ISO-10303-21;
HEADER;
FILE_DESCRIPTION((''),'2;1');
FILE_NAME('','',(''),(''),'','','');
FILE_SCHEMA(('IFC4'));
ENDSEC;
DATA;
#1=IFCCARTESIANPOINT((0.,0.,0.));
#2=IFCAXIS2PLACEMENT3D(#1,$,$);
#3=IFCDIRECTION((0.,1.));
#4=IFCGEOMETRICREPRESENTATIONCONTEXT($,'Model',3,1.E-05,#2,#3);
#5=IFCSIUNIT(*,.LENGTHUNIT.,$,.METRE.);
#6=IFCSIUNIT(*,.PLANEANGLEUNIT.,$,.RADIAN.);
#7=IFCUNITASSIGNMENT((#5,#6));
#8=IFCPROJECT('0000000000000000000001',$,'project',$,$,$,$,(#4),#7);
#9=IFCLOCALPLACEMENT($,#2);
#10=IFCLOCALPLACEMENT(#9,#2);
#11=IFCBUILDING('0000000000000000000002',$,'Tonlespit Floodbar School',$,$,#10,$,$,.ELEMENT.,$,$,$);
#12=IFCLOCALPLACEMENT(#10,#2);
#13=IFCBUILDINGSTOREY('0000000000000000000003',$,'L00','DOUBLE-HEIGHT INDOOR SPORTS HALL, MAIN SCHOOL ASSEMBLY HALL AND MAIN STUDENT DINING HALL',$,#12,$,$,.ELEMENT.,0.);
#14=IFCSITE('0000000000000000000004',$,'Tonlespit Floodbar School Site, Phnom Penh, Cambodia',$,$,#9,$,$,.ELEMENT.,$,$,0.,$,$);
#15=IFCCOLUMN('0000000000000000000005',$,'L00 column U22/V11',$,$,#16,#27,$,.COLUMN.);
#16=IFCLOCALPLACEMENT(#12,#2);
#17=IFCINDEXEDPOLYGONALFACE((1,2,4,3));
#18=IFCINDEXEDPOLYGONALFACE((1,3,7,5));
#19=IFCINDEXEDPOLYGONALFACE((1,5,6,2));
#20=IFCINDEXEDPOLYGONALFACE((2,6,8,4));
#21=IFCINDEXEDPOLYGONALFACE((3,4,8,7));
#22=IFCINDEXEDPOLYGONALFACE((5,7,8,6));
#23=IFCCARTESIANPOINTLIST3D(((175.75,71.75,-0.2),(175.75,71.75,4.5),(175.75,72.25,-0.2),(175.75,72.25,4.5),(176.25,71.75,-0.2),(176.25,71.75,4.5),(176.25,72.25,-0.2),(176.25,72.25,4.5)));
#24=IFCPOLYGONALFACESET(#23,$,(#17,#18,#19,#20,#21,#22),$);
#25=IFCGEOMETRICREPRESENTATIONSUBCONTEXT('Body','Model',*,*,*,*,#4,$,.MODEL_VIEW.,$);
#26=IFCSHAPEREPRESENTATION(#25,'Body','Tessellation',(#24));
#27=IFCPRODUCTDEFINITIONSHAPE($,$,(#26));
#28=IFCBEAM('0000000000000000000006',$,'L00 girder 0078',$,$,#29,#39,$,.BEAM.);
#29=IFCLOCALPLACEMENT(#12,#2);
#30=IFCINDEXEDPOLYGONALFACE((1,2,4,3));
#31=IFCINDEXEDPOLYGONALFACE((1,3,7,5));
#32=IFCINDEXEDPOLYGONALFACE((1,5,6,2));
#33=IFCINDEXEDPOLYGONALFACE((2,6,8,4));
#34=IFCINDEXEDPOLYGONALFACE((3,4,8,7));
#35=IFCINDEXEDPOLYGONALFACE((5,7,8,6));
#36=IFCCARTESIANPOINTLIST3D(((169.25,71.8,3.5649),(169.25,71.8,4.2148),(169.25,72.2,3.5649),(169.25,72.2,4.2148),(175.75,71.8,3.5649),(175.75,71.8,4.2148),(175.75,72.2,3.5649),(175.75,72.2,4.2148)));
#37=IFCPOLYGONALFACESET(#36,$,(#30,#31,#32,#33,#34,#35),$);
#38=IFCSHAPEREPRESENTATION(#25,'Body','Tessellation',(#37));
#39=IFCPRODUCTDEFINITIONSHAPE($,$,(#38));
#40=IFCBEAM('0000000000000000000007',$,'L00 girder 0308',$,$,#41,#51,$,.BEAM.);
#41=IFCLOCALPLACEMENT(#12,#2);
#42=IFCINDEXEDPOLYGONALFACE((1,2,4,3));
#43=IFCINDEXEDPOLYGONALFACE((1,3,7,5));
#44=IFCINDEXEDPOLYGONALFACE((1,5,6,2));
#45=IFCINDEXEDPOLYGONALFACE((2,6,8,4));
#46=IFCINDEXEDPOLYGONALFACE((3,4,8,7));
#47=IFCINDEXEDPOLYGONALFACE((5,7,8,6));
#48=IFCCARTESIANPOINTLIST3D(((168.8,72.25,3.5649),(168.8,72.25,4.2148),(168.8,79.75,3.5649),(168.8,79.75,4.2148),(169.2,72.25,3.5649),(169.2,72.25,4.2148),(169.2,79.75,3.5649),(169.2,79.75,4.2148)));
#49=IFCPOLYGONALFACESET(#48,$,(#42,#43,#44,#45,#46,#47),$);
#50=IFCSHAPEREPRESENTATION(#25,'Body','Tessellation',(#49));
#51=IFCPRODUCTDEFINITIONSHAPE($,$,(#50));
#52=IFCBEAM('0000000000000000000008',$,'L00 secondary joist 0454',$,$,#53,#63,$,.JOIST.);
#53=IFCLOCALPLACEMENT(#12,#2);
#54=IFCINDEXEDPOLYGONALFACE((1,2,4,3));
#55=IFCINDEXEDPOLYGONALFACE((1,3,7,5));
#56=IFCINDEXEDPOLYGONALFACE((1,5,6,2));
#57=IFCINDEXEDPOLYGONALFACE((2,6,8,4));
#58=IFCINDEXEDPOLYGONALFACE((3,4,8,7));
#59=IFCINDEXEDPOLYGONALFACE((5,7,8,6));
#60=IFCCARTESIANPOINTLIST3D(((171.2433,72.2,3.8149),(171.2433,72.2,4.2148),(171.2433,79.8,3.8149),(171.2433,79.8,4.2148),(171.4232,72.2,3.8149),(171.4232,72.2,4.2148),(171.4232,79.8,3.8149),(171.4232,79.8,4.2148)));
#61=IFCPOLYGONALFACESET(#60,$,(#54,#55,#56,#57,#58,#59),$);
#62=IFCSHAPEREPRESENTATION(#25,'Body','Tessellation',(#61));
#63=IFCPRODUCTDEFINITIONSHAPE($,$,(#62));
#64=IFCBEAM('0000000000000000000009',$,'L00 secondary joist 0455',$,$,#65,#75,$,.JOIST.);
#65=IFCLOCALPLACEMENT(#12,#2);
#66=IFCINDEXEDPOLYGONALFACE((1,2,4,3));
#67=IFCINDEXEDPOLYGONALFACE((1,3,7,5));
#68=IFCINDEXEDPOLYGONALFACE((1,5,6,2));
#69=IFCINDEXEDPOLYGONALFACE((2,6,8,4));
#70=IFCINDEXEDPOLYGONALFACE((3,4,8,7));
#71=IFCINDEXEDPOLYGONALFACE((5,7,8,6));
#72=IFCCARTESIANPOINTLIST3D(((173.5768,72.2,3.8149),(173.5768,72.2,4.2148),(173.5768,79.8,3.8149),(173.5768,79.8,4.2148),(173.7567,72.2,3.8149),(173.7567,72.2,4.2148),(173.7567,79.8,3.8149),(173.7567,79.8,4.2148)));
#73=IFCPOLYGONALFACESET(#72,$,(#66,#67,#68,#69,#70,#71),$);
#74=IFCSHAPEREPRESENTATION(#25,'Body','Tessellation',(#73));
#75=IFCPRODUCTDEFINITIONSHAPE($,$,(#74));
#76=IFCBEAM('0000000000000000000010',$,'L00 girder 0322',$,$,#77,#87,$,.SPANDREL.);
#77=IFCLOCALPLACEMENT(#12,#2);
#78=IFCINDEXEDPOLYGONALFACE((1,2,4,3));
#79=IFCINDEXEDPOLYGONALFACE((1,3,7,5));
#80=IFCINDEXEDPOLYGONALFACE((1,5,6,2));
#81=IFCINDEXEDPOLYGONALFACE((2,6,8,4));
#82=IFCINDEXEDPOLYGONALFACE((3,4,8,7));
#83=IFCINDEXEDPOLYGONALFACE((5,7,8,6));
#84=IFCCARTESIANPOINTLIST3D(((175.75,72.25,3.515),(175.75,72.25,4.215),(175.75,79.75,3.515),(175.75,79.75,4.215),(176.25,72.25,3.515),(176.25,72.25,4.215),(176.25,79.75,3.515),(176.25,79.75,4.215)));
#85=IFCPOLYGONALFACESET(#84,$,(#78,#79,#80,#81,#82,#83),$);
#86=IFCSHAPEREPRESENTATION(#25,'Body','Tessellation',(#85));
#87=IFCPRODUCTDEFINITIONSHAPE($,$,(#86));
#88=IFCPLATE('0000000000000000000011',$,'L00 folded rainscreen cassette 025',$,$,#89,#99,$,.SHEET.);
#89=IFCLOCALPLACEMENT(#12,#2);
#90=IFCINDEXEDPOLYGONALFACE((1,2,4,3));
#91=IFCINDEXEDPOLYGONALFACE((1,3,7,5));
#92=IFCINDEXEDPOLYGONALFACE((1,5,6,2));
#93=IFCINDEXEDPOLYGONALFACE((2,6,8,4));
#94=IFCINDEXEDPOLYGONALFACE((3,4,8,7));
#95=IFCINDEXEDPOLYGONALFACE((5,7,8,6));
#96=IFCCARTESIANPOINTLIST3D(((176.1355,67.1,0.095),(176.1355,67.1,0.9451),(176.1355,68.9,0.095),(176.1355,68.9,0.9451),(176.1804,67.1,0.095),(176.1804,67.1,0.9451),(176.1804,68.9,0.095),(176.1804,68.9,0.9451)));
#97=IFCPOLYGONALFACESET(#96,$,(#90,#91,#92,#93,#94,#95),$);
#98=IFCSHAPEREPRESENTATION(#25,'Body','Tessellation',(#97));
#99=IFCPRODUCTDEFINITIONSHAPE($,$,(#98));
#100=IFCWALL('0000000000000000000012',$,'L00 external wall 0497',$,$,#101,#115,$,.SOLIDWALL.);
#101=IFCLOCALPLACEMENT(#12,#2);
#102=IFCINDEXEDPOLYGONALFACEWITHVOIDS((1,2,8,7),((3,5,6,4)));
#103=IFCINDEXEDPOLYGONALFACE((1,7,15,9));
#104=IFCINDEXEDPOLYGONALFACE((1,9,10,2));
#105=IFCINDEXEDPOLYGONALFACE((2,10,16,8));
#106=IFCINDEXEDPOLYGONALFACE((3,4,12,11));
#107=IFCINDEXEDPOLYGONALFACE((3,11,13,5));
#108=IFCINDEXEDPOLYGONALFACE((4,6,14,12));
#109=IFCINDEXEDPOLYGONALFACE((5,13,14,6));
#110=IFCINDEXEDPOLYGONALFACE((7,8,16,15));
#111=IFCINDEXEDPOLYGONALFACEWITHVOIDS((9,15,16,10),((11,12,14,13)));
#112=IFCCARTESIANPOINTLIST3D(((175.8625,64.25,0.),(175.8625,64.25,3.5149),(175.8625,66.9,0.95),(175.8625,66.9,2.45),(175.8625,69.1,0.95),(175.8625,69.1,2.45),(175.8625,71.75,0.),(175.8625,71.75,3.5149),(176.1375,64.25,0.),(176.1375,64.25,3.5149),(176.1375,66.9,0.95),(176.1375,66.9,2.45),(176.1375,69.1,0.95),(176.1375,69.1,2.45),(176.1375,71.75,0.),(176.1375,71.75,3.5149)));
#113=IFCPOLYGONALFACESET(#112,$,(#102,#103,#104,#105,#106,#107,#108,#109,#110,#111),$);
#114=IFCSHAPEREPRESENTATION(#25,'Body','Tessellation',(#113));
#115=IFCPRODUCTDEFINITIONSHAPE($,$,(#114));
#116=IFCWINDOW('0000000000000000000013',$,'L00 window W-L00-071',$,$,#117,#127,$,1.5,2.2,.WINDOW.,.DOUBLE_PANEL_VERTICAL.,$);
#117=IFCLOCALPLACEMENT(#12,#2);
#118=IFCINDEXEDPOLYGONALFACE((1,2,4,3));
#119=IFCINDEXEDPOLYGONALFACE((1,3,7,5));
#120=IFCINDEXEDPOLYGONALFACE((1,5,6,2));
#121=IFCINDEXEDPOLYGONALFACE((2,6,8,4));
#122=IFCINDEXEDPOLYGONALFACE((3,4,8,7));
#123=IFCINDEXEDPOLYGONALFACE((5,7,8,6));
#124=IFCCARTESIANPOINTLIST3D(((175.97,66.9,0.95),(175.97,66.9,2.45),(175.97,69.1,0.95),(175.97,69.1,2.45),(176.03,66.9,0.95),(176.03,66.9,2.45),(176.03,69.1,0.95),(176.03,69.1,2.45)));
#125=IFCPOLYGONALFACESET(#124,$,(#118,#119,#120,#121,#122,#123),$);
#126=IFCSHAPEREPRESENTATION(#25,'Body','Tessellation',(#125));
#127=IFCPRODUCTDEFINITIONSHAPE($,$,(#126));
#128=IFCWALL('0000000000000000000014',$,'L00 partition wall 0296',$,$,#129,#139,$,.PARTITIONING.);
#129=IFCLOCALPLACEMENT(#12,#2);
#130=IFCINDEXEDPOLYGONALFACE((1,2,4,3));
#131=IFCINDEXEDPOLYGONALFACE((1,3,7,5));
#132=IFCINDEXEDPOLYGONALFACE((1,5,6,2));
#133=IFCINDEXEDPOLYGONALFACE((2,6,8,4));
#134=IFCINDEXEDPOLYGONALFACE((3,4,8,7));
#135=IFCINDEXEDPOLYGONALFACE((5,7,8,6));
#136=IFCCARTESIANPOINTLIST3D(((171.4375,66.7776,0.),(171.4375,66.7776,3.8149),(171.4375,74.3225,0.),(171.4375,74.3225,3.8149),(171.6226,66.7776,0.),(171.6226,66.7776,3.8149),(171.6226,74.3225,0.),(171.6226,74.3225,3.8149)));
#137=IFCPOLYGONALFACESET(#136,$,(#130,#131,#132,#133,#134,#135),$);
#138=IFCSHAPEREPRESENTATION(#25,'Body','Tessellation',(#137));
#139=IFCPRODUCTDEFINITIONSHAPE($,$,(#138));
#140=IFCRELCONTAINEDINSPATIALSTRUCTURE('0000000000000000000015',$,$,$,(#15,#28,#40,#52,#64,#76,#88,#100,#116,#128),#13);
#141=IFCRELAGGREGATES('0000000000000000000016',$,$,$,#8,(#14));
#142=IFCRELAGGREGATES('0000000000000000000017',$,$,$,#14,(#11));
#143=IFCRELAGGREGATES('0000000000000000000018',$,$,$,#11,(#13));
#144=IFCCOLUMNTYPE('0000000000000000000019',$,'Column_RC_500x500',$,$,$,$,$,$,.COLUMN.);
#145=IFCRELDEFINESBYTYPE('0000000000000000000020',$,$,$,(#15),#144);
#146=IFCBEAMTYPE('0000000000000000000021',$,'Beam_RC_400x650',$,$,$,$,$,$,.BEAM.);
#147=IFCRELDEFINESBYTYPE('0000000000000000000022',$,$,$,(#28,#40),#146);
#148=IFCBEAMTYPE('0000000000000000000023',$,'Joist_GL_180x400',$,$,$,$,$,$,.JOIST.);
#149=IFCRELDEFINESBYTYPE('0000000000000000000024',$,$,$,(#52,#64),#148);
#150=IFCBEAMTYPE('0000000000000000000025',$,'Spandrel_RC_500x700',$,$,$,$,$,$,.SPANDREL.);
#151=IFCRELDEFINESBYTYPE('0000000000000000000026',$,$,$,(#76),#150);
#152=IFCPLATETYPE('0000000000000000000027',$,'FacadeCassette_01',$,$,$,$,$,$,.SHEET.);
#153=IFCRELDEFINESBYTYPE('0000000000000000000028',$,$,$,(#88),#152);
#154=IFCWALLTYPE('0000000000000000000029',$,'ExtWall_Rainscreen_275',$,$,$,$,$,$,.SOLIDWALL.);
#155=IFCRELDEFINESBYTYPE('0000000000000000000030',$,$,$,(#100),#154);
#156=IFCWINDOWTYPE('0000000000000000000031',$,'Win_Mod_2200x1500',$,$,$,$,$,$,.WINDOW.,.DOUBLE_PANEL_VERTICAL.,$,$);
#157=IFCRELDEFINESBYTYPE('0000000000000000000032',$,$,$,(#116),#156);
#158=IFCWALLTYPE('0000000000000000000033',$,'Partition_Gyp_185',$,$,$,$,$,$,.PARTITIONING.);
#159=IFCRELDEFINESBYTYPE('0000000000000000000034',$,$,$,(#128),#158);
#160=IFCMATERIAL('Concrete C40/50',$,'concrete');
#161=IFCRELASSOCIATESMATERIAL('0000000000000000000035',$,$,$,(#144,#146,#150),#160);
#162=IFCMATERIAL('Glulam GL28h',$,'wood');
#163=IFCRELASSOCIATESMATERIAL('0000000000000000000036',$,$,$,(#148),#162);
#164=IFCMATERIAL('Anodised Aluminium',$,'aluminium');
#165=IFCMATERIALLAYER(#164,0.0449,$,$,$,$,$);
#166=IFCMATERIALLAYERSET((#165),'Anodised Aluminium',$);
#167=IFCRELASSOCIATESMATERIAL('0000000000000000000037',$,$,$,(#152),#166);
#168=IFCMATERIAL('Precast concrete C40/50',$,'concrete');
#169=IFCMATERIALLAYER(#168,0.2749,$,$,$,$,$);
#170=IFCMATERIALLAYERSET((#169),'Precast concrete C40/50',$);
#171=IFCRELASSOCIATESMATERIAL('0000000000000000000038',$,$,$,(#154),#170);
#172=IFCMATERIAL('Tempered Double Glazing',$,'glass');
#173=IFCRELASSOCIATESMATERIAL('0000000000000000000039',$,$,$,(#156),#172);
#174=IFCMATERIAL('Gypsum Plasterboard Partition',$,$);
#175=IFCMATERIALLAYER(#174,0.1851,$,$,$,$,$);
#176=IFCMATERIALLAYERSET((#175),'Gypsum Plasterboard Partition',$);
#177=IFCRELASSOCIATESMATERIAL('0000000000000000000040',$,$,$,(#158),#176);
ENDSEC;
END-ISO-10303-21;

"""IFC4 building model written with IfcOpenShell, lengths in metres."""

from ifc_helpers import new_model, si_unit, direction, frame, frame_2d, origin, origin_2d, place, context, subcontext, project, spatial, rectangle, extrude, material, layer, layer_set, material_profile, profile_set, type_object, element, fill, save


model = new_model("IFC4")

# Units and contexts
model_context = context("Model", 3, precision=1e-05, world=origin(), true_north=direction((0.0, 1.0)))
body_context = subcontext(model_context, "Body", "Model", "MODEL_VIEW")
ifc_project = project(units=[si_unit("LENGTHUNIT", "METRE"), si_unit("PLANEANGLEUNIT", "RADIAN")], contexts=[model_context])

# Site, building, storey
site_placement = place(None, origin())
site = spatial("IfcSite", under=ifc_project, at=site_placement, Name="Tonlespit Floodbar School Site, Phnom Penh, Cambodia", CompositionType="ELEMENT", RefElevation=0.0)
building_placement = place(site_placement, origin())
building = spatial("IfcBuilding", under=site, at=building_placement, Name="Tonlespit Floodbar School", CompositionType="ELEMENT")
storey_placement = place(building_placement, origin())
storey = spatial("IfcBuildingStorey", under=building, at=storey_placement, Name="L00", Description="DOUBLE-HEIGHT INDOOR SPORTS HALL, MAIN SCHOOL ASSEMBLY HALL AND MAIN STUDENT DINING HALL", CompositionType="ELEMENT", Elevation=0.0)

# Shared definitions
ifc_material_1 = material(Name="Concrete C40/50", Category="concrete")

# Column
ifc_material_profile_1 = material_profile(ifc_material_1, rectangle(XDim=0.5, YDim=0.5, at=origin_2d()), Name="RC 500x500")
ifc_profile_set_1 = profile_set([ifc_material_profile_1], Name="Concrete C40/50")
column_type = type_object("IfcColumnType", Name="Column_RC_500x500", PredefinedType="COLUMN", material=ifc_profile_set_1)
for number, where, z_axis, x_axis, name in (
    (1, (176.0, 72.0, -0.2), (0.0, 0.0, 1.0), (1.0, 0.0, 0.0), "L00 column U22/V11"),
):
    element("IfcColumn", number, at=place(storey_placement, frame(where, z_axis=z_axis, x_axis=x_axis)), inside=storey, type_object=column_type, Name=name, PredefinedType="COLUMN", context=body_context, shape_type="SweptSolid", body=[
        extrude(rectangle(XDim=0.5, YDim=0.5, at=origin_2d()), origin(), (0.0, 0.0, 1.0), 4.7),
    ])

# Beams
ifc_material_profile_2 = material_profile(ifc_material_1, rectangle(XDim=0.3999, YDim=0.6499, at=origin_2d()), Name="RC 400x650")
ifc_profile_set_2 = profile_set([ifc_material_profile_2], Name="Concrete C40/50")
beam_type_1 = type_object("IfcBeamType", Name="Beam_RC_400x650", PredefinedType="BEAM", material=ifc_profile_set_2)
beam_1_placement = place(storey_placement, frame((169.25, 72.0, 3.8899), z_axis=(1.0, 0.0, 0.0), x_axis=(0.0, 1.0, 0.0)))
element("IfcBeam", 2, at=beam_1_placement, inside=storey, type_object=beam_type_1, Name="L00 girder 0078", PredefinedType="BEAM", context=body_context, shape_type="SweptSolid", body=[
    extrude(rectangle(XDim=0.3999, YDim=0.6499, at=origin_2d()), origin(), (0.0, 0.0, 1.0), 6.5),
])
beam_2_placement = place(storey_placement, frame((169.0, 72.25, 3.8899), z_axis=(0.0, 1.0, 0.0), x_axis=(-1.0, 0.0, 0.0)))
element("IfcBeam", 3, at=beam_2_placement, inside=storey, type_object=beam_type_1, Name="L00 girder 0308", PredefinedType="BEAM", context=body_context, shape_type="SweptSolid", body=[
    extrude(rectangle(XDim=0.3999, YDim=0.6499, at=origin_2d()), origin(), (0.0, 0.0, 1.0), 7.5),
])
ifc_material_2 = material(Name="Glulam GL28h", Category="wood")
ifc_material_profile_3 = material_profile(ifc_material_2, rectangle(XDim=0.1799, YDim=0.3999, at=origin_2d()), Name="GL 180x400")
ifc_profile_set_3 = profile_set([ifc_material_profile_3], Name="Glulam GL28h")
beam_type_2 = type_object("IfcBeamType", Name="Joist_GL_180x400", PredefinedType="JOIST", material=ifc_profile_set_3)
for number, where, z_axis, x_axis, name in (
    (4, (171.3333, 72.2, 4.0149), (0.0, 1.0, 0.0), (-1.0, 0.0, 0.0), "L00 secondary joist 0454"),
    (5, (173.6667, 72.2, 4.0149), (0.0, 1.0, 0.0), (-1.0, 0.0, 0.0), "L00 secondary joist 0455"),
):
    element("IfcBeam", number, at=place(storey_placement, frame(where, z_axis=z_axis, x_axis=x_axis)), inside=storey, type_object=beam_type_2, Name=name, PredefinedType="JOIST", context=body_context, shape_type="SweptSolid", body=[
        extrude(rectangle(XDim=0.1799, YDim=0.3999, at=origin_2d()), origin(), (0.0, 0.0, 1.0), 7.6001),
    ])
ifc_material_profile_4 = material_profile(ifc_material_1, rectangle(XDim=0.5, YDim=0.7, at=origin_2d()), Name="RC 500x700")
ifc_profile_set_4 = profile_set([ifc_material_profile_4], Name="Concrete C40/50")
beam_type_3 = type_object("IfcBeamType", Name="Spandrel_RC_500x700", PredefinedType="SPANDREL", material=ifc_profile_set_4)
beam_3_placement = place(storey_placement, frame((176.0, 72.25, 3.865), z_axis=(0.0, 1.0, 0.0), x_axis=(-1.0, 0.0, 0.0)))
element("IfcBeam", 6, at=beam_3_placement, inside=storey, type_object=beam_type_3, Name="L00 girder 0322", PredefinedType="SPANDREL", context=body_context, shape_type="SweptSolid", body=[
    extrude(rectangle(XDim=0.5, YDim=0.7, at=origin_2d()), origin(), (0.0, 0.0, 1.0), 7.5),
])

# Plate
ifc_material_3 = material(Name="Anodised Aluminium", Category="aluminium")
ifc_layer_1 = layer(ifc_material_3, 0.0449)
ifc_layer_set_1 = layer_set([ifc_layer_1], Name="Anodised Aluminium")
plate_type = type_object("IfcPlateType", Name="FacadeCassette_01", PredefinedType="SHEET", material=ifc_layer_set_1)
plate_placement = place(storey_placement, frame((176.158, 68.0, 0.095), z_axis=(0.0, 0.0, 1.0), x_axis=(0.0, -1.0, 0.0)))
element("IfcPlate", 7, at=plate_placement, inside=storey, type_object=plate_type, Name="L00 folded rainscreen cassette 025", PredefinedType="SHEET", context=body_context, shape_type="SweptSolid", body=[
    extrude(rectangle(XDim=1.8, YDim=0.0449, at=origin_2d()), origin(), (0.0, 0.0, 1.0), 0.8501),
])

# Wall, opening, window
ifc_material_4 = material(Name="Precast concrete C40/50", Category="concrete")
ifc_layer_2 = layer(ifc_material_4, 0.2749)
ifc_layer_set_2 = layer_set([ifc_layer_2], Name="Precast concrete C40/50")
wall_type_1 = type_object("IfcWallType", Name="ExtWall_Rainscreen_275", PredefinedType="SOLIDWALL", material=ifc_layer_set_2)
wall_1_placement = place(storey_placement, frame((176.0, 71.75, 0.0), z_axis=(0.0, 0.0, 1.0), x_axis=(0.0, -1.0, 0.0)))
wall_1 = element("IfcWall", 8, at=wall_1_placement, inside=storey, type_object=wall_type_1, Name="L00 external wall 0497", PredefinedType="SOLIDWALL", context=body_context, shape_type="SweptSolid", body=[
    extrude(rectangle(XDim=7.5, YDim=0.2749, at=frame_2d((3.75, 0.0))), origin(), (0.0, 0.0, 1.0), 3.5149),
])
opening_1_placement = place(wall_1_placement, frame((2.6499, 0.0, 0.95)))
opening_1 = element("IfcOpeningElement", 9, at=opening_1_placement, cuts=wall_1, PredefinedType="OPENING", context=body_context, shape_type="SweptSolid", body=[
    extrude(rectangle(XDim=2.2, YDim=1.5, at=frame_2d((1.1001, 0.75))), frame((0.0, 0.1475, 0.0), z_axis=(0.0, -1.0, 0.0), x_axis=(1.0, 0.0, 0.0)), (0.0, 0.0, 1.0), 0.2949),
])
ifc_material_5 = material(Name="Tempered Double Glazing", Category="glass")
window_type = type_object("IfcWindowType", Name="Win_Mod_2200x1500", PartitioningType="DOUBLE_PANEL_VERTICAL", PredefinedType="WINDOW", material=ifc_material_5)
window_placement = place(opening_1_placement, origin())
window = element("IfcWindow", 10, at=window_placement, inside=storey, type_object=window_type, Name="L00 window W-L00-071", OverallHeight=1.5, OverallWidth=2.2, PartitioningType="DOUBLE_PANEL_VERTICAL", PredefinedType="WINDOW", context=body_context, shape_type="SweptSolid", body=[
    extrude(rectangle(XDim=2.2, YDim=1.5, at=frame_2d((1.1001, 0.75))), frame((0.0, 0.03, 0.0), z_axis=(0.0, -1.0, 0.0), x_axis=(1.0, 0.0, 0.0)), (0.0, 0.0, 1.0), 0.0601),
])
fill(opening_1, window)

# Wall
ifc_material_6 = material(Name="Gypsum Plasterboard Partition")
ifc_layer_3 = layer(ifc_material_6, 0.1851)
ifc_layer_set_3 = layer_set([ifc_layer_3], Name="Gypsum Plasterboard Partition")
wall_type_2 = type_object("IfcWallType", Name="Partition_Gyp_185", PredefinedType="PARTITIONING", material=ifc_layer_set_3)
wall_2_placement = place(storey_placement, frame((171.53, 66.7776, 0.0), z_axis=(0.0, 0.0, 1.0), x_axis=(0.0, 1.0, 0.0)))
element("IfcWall", 11, at=wall_2_placement, inside=storey, type_object=wall_type_2, Name="L00 partition wall 0296", PredefinedType="PARTITIONING", context=body_context, shape_type="SweptSolid", body=[
    extrude(rectangle(XDim=7.5449, YDim=0.1851, at=frame_2d((3.7725, 0.0))), origin(), (0.0, 0.0, 1.0), 3.8149),
])

save(model, "model.ifc")
